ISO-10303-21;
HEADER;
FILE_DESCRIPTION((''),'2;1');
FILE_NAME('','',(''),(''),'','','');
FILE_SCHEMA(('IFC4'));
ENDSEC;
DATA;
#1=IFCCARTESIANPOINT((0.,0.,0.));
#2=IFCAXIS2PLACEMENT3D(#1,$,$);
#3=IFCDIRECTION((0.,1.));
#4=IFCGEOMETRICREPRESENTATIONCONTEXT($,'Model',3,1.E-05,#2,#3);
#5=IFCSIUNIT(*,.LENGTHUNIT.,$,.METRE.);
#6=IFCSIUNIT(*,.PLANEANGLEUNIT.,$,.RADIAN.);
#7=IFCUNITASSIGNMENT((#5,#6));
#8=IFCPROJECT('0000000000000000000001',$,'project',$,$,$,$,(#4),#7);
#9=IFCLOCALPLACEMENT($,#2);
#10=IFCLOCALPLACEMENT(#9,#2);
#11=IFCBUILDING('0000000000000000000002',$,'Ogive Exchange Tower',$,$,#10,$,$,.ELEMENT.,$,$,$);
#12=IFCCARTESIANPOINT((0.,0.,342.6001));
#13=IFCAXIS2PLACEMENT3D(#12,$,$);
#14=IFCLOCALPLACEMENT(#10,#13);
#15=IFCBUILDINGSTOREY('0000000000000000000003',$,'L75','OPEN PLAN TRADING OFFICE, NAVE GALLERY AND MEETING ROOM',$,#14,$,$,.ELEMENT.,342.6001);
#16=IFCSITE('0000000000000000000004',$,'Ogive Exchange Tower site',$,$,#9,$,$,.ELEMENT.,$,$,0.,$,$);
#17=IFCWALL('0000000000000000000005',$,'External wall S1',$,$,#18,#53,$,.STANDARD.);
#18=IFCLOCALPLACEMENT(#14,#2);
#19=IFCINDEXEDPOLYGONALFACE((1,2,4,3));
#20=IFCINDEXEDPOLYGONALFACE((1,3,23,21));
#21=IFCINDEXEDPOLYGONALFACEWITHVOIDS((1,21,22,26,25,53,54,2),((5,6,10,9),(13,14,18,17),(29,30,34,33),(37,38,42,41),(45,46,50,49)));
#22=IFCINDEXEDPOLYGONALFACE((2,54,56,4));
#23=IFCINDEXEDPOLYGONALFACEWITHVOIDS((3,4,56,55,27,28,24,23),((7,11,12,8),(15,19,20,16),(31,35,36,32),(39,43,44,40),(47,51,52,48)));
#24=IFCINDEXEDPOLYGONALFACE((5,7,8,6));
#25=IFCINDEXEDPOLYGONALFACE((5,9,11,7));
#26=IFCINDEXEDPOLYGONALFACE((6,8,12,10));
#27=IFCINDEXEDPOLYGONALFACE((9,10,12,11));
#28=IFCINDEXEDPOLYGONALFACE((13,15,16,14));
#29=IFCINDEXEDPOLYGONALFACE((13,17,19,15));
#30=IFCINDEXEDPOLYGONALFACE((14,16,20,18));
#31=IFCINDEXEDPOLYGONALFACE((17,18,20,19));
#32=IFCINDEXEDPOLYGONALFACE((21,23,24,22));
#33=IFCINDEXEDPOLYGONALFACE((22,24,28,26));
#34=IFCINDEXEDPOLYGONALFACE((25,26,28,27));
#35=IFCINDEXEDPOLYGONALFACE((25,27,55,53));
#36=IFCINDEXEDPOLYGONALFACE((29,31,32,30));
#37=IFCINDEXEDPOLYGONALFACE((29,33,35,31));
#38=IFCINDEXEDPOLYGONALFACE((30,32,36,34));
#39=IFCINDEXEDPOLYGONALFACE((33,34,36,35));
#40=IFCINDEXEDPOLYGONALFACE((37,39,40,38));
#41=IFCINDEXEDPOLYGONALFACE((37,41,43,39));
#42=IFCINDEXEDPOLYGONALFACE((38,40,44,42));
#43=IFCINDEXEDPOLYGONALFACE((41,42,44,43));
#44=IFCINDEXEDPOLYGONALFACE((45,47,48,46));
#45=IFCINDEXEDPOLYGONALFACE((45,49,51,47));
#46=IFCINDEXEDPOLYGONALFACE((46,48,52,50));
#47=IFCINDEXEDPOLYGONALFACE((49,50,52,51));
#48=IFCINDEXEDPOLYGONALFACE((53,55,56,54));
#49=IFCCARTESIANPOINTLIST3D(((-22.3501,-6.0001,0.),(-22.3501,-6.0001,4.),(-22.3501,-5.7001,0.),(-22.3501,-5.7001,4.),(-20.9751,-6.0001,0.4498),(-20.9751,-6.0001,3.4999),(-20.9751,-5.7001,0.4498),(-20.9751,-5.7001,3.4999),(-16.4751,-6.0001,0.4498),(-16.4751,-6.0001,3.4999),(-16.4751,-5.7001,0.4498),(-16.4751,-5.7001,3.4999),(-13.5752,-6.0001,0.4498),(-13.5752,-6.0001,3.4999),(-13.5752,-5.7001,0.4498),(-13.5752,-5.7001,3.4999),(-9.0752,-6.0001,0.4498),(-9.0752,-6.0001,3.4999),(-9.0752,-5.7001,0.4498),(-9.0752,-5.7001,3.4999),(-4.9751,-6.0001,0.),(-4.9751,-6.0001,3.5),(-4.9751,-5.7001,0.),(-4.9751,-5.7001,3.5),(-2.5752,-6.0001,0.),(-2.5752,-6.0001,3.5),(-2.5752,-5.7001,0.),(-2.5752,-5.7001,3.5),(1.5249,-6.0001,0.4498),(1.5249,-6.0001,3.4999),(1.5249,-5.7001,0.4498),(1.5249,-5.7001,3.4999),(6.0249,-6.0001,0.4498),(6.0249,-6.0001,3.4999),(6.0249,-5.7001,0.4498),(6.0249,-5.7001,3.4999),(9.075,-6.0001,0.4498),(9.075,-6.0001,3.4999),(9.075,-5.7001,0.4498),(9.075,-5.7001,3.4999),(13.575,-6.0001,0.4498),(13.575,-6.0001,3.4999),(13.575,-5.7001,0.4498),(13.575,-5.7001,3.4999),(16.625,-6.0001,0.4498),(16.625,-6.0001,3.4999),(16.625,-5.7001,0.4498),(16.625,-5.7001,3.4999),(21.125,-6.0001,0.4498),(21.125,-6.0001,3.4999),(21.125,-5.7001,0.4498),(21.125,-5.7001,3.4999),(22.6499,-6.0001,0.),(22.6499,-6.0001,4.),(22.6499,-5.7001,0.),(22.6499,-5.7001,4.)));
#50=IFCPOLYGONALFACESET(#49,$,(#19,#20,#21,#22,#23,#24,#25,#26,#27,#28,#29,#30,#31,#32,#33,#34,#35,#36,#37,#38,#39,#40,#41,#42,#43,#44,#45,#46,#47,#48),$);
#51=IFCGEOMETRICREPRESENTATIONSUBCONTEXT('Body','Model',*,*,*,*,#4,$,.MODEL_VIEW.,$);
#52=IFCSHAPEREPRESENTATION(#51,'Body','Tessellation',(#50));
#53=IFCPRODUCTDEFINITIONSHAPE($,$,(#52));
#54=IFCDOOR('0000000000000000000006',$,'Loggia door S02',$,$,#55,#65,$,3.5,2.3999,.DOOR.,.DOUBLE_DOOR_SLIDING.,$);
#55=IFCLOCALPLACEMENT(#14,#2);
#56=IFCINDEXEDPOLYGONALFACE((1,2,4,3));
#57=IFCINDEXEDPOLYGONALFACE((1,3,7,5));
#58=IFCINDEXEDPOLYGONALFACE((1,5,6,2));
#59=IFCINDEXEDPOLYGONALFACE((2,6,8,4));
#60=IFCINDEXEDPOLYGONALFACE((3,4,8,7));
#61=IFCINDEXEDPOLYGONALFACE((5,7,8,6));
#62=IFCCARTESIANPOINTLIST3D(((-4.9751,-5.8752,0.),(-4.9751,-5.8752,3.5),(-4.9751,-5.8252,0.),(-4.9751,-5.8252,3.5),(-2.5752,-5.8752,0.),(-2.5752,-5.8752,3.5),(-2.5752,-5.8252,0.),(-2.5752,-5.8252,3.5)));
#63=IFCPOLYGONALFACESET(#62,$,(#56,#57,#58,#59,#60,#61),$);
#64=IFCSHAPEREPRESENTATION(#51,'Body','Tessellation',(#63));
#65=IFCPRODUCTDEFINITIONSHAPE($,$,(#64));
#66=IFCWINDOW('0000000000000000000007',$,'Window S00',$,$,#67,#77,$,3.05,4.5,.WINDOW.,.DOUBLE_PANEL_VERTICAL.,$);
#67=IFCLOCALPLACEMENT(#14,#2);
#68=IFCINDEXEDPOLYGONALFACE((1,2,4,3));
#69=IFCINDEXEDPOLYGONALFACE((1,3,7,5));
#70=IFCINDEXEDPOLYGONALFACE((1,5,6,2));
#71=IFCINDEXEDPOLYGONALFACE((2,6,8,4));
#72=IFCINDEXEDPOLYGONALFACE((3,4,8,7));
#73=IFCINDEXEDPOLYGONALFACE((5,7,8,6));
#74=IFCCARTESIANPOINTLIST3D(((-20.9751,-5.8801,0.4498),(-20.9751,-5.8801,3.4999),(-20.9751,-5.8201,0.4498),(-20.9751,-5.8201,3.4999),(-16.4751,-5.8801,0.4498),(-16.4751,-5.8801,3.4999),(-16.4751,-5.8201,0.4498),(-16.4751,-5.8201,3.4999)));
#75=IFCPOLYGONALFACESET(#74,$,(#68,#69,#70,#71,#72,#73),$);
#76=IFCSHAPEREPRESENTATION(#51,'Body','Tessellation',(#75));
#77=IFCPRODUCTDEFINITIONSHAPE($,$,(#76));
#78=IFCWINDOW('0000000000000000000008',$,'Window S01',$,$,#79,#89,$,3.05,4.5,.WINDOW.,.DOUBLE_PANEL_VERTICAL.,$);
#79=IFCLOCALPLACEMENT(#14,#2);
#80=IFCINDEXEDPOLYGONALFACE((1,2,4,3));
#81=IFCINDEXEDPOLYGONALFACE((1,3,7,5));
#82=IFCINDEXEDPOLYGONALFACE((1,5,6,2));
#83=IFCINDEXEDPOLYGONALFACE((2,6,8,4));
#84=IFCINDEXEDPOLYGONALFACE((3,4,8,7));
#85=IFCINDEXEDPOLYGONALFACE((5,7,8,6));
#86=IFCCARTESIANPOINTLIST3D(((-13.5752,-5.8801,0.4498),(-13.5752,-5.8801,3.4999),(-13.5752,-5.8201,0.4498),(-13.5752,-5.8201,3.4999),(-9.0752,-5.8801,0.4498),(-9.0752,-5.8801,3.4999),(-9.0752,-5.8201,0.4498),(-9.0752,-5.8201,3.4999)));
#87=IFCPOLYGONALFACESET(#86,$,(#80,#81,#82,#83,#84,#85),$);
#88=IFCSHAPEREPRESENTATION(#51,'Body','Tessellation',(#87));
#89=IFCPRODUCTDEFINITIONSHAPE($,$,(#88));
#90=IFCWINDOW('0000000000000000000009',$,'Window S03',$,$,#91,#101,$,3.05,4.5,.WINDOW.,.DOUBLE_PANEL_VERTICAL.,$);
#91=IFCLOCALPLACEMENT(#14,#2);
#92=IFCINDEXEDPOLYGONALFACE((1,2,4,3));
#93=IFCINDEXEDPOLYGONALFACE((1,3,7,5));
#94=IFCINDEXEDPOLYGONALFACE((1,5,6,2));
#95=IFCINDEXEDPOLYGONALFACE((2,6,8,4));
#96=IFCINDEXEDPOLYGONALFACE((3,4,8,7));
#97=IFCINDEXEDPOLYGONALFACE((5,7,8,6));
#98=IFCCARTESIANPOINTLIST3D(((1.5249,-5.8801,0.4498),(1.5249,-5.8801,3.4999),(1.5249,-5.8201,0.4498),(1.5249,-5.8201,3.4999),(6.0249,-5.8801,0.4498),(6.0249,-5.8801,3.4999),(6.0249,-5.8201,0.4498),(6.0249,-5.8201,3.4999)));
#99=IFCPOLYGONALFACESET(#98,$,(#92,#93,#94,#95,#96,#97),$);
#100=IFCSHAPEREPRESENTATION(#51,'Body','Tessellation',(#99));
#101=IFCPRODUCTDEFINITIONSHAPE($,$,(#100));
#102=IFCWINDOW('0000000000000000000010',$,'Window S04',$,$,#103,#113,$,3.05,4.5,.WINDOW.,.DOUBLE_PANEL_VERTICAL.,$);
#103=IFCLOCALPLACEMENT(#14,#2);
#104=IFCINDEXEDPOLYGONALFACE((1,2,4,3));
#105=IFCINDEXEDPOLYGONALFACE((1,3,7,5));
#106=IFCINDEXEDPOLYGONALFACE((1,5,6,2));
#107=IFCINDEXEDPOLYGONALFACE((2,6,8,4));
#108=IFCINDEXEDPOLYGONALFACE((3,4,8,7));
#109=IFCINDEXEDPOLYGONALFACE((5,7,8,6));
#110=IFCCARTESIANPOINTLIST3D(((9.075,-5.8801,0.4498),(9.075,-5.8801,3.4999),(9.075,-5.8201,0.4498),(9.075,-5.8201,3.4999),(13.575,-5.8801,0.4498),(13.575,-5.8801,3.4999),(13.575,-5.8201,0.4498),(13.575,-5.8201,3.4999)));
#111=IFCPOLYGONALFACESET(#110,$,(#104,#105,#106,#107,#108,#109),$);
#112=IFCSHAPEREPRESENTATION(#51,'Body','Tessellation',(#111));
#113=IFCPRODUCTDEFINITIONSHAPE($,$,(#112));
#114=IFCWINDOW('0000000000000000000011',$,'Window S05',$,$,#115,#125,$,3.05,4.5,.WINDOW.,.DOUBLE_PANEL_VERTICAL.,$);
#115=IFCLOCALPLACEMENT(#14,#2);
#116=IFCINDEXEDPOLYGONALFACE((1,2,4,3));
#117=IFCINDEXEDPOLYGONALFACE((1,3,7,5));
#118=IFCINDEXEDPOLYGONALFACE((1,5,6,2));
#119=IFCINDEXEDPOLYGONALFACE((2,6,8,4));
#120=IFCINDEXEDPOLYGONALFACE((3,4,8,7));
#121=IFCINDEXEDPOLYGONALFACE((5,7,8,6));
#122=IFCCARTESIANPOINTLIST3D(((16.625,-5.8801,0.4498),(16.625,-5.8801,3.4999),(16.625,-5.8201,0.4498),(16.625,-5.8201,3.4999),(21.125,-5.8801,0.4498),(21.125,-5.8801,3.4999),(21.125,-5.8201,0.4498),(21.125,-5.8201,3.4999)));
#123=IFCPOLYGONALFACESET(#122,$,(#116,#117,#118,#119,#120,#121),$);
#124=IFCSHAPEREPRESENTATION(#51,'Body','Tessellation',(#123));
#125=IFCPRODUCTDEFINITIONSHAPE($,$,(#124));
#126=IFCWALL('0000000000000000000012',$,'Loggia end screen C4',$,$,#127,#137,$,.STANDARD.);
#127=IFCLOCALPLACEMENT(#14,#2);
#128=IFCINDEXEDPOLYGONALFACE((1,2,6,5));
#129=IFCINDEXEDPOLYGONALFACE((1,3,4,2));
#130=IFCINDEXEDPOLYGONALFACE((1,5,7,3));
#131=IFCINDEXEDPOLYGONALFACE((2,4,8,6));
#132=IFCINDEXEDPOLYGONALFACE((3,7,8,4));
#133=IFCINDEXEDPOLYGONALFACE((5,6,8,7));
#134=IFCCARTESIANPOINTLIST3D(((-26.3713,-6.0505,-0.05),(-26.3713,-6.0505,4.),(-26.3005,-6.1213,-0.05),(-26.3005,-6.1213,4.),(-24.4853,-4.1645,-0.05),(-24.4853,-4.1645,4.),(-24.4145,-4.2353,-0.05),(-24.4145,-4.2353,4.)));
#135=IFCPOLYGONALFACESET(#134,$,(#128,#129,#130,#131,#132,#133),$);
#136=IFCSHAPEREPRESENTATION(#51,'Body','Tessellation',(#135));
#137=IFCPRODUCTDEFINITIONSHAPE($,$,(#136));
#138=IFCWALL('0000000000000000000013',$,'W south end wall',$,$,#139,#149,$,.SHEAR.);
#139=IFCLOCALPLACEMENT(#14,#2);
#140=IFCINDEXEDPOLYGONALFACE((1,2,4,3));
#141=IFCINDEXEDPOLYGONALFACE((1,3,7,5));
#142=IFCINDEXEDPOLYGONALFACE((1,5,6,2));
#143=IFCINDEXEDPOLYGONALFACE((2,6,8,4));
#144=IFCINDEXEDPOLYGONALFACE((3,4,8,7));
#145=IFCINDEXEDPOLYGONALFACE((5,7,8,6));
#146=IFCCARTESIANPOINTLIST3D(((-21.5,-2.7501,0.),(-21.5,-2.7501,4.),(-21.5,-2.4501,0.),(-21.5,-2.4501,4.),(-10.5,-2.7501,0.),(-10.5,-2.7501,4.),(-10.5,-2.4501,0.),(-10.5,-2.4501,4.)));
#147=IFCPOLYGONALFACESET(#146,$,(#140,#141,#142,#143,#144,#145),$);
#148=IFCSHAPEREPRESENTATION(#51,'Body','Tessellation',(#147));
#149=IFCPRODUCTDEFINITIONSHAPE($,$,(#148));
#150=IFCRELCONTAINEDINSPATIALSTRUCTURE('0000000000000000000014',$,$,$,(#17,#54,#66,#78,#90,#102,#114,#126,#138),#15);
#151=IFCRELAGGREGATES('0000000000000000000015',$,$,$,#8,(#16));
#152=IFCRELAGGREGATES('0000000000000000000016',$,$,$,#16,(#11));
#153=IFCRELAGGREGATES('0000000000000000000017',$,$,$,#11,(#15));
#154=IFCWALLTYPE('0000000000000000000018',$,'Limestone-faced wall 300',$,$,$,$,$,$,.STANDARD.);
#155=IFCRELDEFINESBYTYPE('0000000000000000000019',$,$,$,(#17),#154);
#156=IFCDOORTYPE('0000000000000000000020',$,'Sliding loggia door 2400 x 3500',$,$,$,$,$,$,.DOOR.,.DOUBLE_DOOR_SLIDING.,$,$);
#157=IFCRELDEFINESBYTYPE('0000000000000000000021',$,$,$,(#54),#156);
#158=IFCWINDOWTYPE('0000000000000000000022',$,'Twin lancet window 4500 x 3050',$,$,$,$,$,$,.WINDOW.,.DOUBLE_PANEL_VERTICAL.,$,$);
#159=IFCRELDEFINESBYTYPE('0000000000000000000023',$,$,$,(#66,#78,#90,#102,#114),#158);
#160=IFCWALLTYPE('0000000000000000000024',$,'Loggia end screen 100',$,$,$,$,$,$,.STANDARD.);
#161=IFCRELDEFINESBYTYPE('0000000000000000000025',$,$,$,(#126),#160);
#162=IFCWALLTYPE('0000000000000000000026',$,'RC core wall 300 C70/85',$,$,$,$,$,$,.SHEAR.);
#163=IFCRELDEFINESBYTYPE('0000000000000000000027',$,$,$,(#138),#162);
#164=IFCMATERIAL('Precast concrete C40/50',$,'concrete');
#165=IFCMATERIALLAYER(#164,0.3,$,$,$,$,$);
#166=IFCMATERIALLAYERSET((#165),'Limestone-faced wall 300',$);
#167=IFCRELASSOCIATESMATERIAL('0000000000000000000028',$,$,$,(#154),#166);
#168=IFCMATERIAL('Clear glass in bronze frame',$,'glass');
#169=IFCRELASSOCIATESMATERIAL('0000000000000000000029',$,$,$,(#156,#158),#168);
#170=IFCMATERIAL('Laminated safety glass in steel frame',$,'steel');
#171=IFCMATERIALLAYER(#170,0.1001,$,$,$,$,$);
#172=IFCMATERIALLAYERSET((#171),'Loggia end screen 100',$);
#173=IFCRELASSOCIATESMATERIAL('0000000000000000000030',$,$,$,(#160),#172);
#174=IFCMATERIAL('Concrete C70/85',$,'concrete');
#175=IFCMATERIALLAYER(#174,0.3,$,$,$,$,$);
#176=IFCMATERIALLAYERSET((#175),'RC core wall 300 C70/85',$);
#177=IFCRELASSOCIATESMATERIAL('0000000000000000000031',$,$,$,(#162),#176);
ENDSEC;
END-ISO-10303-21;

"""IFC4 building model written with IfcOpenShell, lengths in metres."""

from ifc_helpers import new_model, si_unit, direction, frame, frame_2d, origin, place, context, subcontext, project, spatial, rectangle, extrude, material, layer, layer_set, type_object, element, fill, save


model = new_model("IFC4")

# Units and contexts
model_context = context("Model", 3, precision=1e-05, world=origin(), true_north=direction((0.0, 1.0)))
body_context = subcontext(model_context, "Body", "Model", "MODEL_VIEW")
ifc_project = project(units=[si_unit("LENGTHUNIT", "METRE"), si_unit("PLANEANGLEUNIT", "RADIAN")], contexts=[model_context])

# Site, building, storey
site_placement = place(None, origin())
site = spatial("IfcSite", under=ifc_project, at=site_placement, Name="Ogive Exchange Tower site", CompositionType="ELEMENT", RefElevation=0.0)
building_placement = place(site_placement, origin())
building = spatial("IfcBuilding", under=site, at=building_placement, Name="Ogive Exchange Tower", CompositionType="ELEMENT")
storey_placement = place(building_placement, frame((0.0, 0.0, 342.6001)))
storey = spatial("IfcBuildingStorey", under=building, at=storey_placement, Name="L75", Description="OPEN PLAN TRADING OFFICE, NAVE GALLERY AND MEETING ROOM", CompositionType="ELEMENT", Elevation=342.6001)

# Wall, openings, door, windows
ifc_material_1 = material(Name="Precast concrete C40/50", Category="concrete")
ifc_layer_1 = layer(ifc_material_1, 0.3)
ifc_layer_set_1 = layer_set([ifc_layer_1], Name="Limestone-faced wall 300")
wall_type_1 = type_object("IfcWallType", Name="Limestone-faced wall 300", PredefinedType="STANDARD", material=ifc_layer_set_1)
wall_1_placement = place(storey_placement, frame((-22.3501, -5.8501, 0.0), z_axis=(0.0, 0.0, 1.0), x_axis=(1.0, 0.0, 0.0)))
wall_1 = element("IfcWall", 1, at=wall_1_placement, inside=storey, type_object=wall_type_1, Name="External wall S1", PredefinedType="STANDARD", context=body_context, shape_type="SweptSolid", body=[
    extrude(rectangle(XDim=45.0, YDim=0.3, at=frame_2d((22.5, 0.0))), origin(), (0.0, 0.0, 1.0), 4.0),
])
opening_1_placement = place(wall_1_placement, frame((1.375, 0.0, 0.45)))
opening_1 = element("IfcOpeningElement", 2, at=opening_1_placement, cuts=wall_1, PredefinedType="OPENING", context=body_context, shape_type="SweptSolid", body=[
    extrude(rectangle(XDim=4.5, YDim=3.05, at=frame_2d((2.25, 1.5249))), frame((0.0, 0.1599, 0.0), z_axis=(0.0, -1.0, 0.0), x_axis=(1.0, 0.0, 0.0)), (0.0, 0.0, 1.0), 0.3201),
])
opening_2_placement = place(wall_1_placement, frame((8.7749, 0.0, 0.45)))
opening_2 = element("IfcOpeningElement", 3, at=opening_2_placement, cuts=wall_1, PredefinedType="OPENING", context=body_context, shape_type="SweptSolid", body=[
    extrude(rectangle(XDim=4.5, YDim=3.05, at=frame_2d((2.25, 1.5249))), frame((0.0, 0.1599, 0.0), z_axis=(0.0, -1.0, 0.0), x_axis=(1.0, 0.0, 0.0)), (0.0, 0.0, 1.0), 0.3201),
])
opening_3_placement = place(wall_1_placement, frame((17.375, 0.0, 0.0)))
opening_3 = element("IfcOpeningElement", 4, at=opening_3_placement, cuts=wall_1, PredefinedType="OPENING", context=body_context, shape_type="SweptSolid", body=[
    extrude(rectangle(XDim=2.3999, YDim=3.5, at=frame_2d((1.2, 1.75))), frame((0.0, 0.1599, 0.0), z_axis=(0.0, -1.0, 0.0), x_axis=(1.0, 0.0, 0.0)), (0.0, 0.0, 1.0), 0.3201),
])
opening_4_placement = place(wall_1_placement, frame((23.875, 0.0, 0.45)))
opening_4 = element("IfcOpeningElement", 5, at=opening_4_placement, cuts=wall_1, PredefinedType="OPENING", context=body_context, shape_type="SweptSolid", body=[
    extrude(rectangle(XDim=4.5, YDim=3.05, at=frame_2d((2.25, 1.5249))), frame((0.0, 0.1599, 0.0), z_axis=(0.0, -1.0, 0.0), x_axis=(1.0, 0.0, 0.0)), (0.0, 0.0, 1.0), 0.3201),
])
opening_5_placement = place(wall_1_placement, frame((31.425, 0.0, 0.45)))
opening_5 = element("IfcOpeningElement", 6, at=opening_5_placement, cuts=wall_1, PredefinedType="OPENING", context=body_context, shape_type="SweptSolid", body=[
    extrude(rectangle(XDim=4.5, YDim=3.05, at=frame_2d((2.25, 1.5249))), frame((0.0, 0.1599, 0.0), z_axis=(0.0, -1.0, 0.0), x_axis=(1.0, 0.0, 0.0)), (0.0, 0.0, 1.0), 0.3201),
])
opening_6_placement = place(wall_1_placement, frame((38.9751, 0.0, 0.45)))
opening_6 = element("IfcOpeningElement", 7, at=opening_6_placement, cuts=wall_1, PredefinedType="OPENING", context=body_context, shape_type="SweptSolid", body=[
    extrude(rectangle(XDim=4.5, YDim=3.05, at=frame_2d((2.25, 1.5249))), frame((0.0, 0.1599, 0.0), z_axis=(0.0, -1.0, 0.0), x_axis=(1.0, 0.0, 0.0)), (0.0, 0.0, 1.0), 0.3201),
])
ifc_material_2 = material(Name="Clear glass in bronze frame", Category="glass")
door_type_1 = type_object("IfcDoorType", Name="Sliding loggia door 2400 x 3500", OperationType="DOUBLE_DOOR_SLIDING", PredefinedType="DOOR", material=ifc_material_2)
door_1_placement = place(opening_3_placement, origin())
door_1 = element("IfcDoor", 8, at=door_1_placement, inside=storey, type_object=door_type_1, Name="Loggia door S02", OperationType="DOUBLE_DOOR_SLIDING", OverallHeight=3.5, OverallWidth=2.3999, PredefinedType="DOOR", context=body_context, shape_type="SweptSolid", body=[
    extrude(rectangle(XDim=2.3999, YDim=3.5, at=frame_2d((1.2, 1.75))), frame((0.0, 0.0249, 0.0), z_axis=(0.0, -1.0, 0.0), x_axis=(1.0, 0.0, 0.0)), (0.0, 0.0, 1.0), 0.05),
])
fill(opening_3, door_1)
window_type = type_object("IfcWindowType", Name="Twin lancet window 4500 x 3050", PartitioningType="DOUBLE_PANEL_VERTICAL", PredefinedType="WINDOW", material=ifc_material_2)
window_1_placement = place(opening_1_placement, origin())
window_1 = element("IfcWindow", 9, at=window_1_placement, inside=storey, type_object=window_type, Name="Window S00", OverallHeight=3.05, OverallWidth=4.5, PartitioningType="DOUBLE_PANEL_VERTICAL", PredefinedType="WINDOW", context=body_context, shape_type="SweptSolid", body=[
    extrude(rectangle(XDim=4.5, YDim=3.05, at=frame_2d((2.25, 1.5249))), frame((0.0, 0.03, 0.0), z_axis=(0.0, -1.0, 0.0), x_axis=(1.0, 0.0, 0.0)), (0.0, 0.0, 1.0), 0.0601),
])
fill(opening_1, window_1)
window_2_placement = place(opening_2_placement, origin())
window_2 = element("IfcWindow", 10, at=window_2_placement, inside=storey, type_object=window_type, Name="Window S01", OverallHeight=3.05, OverallWidth=4.5, PartitioningType="DOUBLE_PANEL_VERTICAL", PredefinedType="WINDOW", context=body_context, shape_type="SweptSolid", body=[
    extrude(rectangle(XDim=4.5, YDim=3.05, at=frame_2d((2.25, 1.5249))), frame((0.0, 0.03, 0.0), z_axis=(0.0, -1.0, 0.0), x_axis=(1.0, 0.0, 0.0)), (0.0, 0.0, 1.0), 0.0601),
])
fill(opening_2, window_2)
window_3_placement = place(opening_4_placement, origin())
window_3 = element("IfcWindow", 11, at=window_3_placement, inside=storey, type_object=window_type, Name="Window S03", OverallHeight=3.05, OverallWidth=4.5, PartitioningType="DOUBLE_PANEL_VERTICAL", PredefinedType="WINDOW", context=body_context, shape_type="SweptSolid", body=[
    extrude(rectangle(XDim=4.5, YDim=3.05, at=frame_2d((2.25, 1.5249))), frame((0.0, 0.03, 0.0), z_axis=(0.0, -1.0, 0.0), x_axis=(1.0, 0.0, 0.0)), (0.0, 0.0, 1.0), 0.0601),
])
fill(opening_4, window_3)
window_4_placement = place(opening_5_placement, origin())
window_4 = element("IfcWindow", 12, at=window_4_placement, inside=storey, type_object=window_type, Name="Window S04", OverallHeight=3.05, OverallWidth=4.5, PartitioningType="DOUBLE_PANEL_VERTICAL", PredefinedType="WINDOW", context=body_context, shape_type="SweptSolid", body=[
    extrude(rectangle(XDim=4.5, YDim=3.05, at=frame_2d((2.25, 1.5249))), frame((0.0, 0.03, 0.0), z_axis=(0.0, -1.0, 0.0), x_axis=(1.0, 0.0, 0.0)), (0.0, 0.0, 1.0), 0.0601),
])
fill(opening_5, window_4)
window_5_placement = place(opening_6_placement, origin())
window_5 = element("IfcWindow", 13, at=window_5_placement, inside=storey, type_object=window_type, Name="Window S05", OverallHeight=3.05, OverallWidth=4.5, PartitioningType="DOUBLE_PANEL_VERTICAL", PredefinedType="WINDOW", context=body_context, shape_type="SweptSolid", body=[
    extrude(rectangle(XDim=4.5, YDim=3.05, at=frame_2d((2.25, 1.5249))), frame((0.0, 0.03, 0.0), z_axis=(0.0, -1.0, 0.0), x_axis=(1.0, 0.0, 0.0)), (0.0, 0.0, 1.0), 0.0601),
])
fill(opening_6, window_5)

# Walls
ifc_material_3 = material(Name="Laminated safety glass in steel frame", Category="steel")
ifc_layer_2 = layer(ifc_material_3, 0.1001)
ifc_layer_set_2 = layer_set([ifc_layer_2], Name="Loggia end screen 100")
wall_type_2 = type_object("IfcWallType", Name="Loggia end screen 100", PredefinedType="STANDARD", material=ifc_layer_set_2)
wall_2_placement = place(storey_placement, frame((-24.45, -4.2, -0.05), z_axis=(0.0, 0.0, 1.0), x_axis=(-0.707107, -0.707107, 0.0)))
element("IfcWall", 14, at=wall_2_placement, inside=storey, type_object=wall_type_2, Name="Loggia end screen C4", PredefinedType="STANDARD", context=body_context, shape_type="SweptSolid", body=[
    extrude(rectangle(XDim=2.6672, YDim=0.1001, at=frame_2d((1.3335, 0.0))), origin(), (0.0, 0.0, 1.0), 4.05),
])
ifc_material_4 = material(Name="Concrete C70/85", Category="concrete")
ifc_layer_3 = layer(ifc_material_4, 0.3)
ifc_layer_set_3 = layer_set([ifc_layer_3], Name="RC core wall 300 C70/85")
wall_type_3 = type_object("IfcWallType", Name="RC core wall 300 C70/85", PredefinedType="SHEAR", material=ifc_layer_set_3)
wall_3_placement = place(storey_placement, frame((-21.5, -2.6001, 0.0), z_axis=(0.0, 0.0, 1.0), x_axis=(1.0, 0.0, 0.0)))
element("IfcWall", 15, at=wall_3_placement, inside=storey, type_object=wall_type_3, Name="W south end wall", PredefinedType="SHEAR", context=body_context, shape_type="SweptSolid", body=[
    extrude(rectangle(XDim=11.0, YDim=0.3, at=frame_2d((5.5, 0.0))), origin(), (0.0, 0.0, 1.0), 4.0),
])

save(model, "model.ifc")
